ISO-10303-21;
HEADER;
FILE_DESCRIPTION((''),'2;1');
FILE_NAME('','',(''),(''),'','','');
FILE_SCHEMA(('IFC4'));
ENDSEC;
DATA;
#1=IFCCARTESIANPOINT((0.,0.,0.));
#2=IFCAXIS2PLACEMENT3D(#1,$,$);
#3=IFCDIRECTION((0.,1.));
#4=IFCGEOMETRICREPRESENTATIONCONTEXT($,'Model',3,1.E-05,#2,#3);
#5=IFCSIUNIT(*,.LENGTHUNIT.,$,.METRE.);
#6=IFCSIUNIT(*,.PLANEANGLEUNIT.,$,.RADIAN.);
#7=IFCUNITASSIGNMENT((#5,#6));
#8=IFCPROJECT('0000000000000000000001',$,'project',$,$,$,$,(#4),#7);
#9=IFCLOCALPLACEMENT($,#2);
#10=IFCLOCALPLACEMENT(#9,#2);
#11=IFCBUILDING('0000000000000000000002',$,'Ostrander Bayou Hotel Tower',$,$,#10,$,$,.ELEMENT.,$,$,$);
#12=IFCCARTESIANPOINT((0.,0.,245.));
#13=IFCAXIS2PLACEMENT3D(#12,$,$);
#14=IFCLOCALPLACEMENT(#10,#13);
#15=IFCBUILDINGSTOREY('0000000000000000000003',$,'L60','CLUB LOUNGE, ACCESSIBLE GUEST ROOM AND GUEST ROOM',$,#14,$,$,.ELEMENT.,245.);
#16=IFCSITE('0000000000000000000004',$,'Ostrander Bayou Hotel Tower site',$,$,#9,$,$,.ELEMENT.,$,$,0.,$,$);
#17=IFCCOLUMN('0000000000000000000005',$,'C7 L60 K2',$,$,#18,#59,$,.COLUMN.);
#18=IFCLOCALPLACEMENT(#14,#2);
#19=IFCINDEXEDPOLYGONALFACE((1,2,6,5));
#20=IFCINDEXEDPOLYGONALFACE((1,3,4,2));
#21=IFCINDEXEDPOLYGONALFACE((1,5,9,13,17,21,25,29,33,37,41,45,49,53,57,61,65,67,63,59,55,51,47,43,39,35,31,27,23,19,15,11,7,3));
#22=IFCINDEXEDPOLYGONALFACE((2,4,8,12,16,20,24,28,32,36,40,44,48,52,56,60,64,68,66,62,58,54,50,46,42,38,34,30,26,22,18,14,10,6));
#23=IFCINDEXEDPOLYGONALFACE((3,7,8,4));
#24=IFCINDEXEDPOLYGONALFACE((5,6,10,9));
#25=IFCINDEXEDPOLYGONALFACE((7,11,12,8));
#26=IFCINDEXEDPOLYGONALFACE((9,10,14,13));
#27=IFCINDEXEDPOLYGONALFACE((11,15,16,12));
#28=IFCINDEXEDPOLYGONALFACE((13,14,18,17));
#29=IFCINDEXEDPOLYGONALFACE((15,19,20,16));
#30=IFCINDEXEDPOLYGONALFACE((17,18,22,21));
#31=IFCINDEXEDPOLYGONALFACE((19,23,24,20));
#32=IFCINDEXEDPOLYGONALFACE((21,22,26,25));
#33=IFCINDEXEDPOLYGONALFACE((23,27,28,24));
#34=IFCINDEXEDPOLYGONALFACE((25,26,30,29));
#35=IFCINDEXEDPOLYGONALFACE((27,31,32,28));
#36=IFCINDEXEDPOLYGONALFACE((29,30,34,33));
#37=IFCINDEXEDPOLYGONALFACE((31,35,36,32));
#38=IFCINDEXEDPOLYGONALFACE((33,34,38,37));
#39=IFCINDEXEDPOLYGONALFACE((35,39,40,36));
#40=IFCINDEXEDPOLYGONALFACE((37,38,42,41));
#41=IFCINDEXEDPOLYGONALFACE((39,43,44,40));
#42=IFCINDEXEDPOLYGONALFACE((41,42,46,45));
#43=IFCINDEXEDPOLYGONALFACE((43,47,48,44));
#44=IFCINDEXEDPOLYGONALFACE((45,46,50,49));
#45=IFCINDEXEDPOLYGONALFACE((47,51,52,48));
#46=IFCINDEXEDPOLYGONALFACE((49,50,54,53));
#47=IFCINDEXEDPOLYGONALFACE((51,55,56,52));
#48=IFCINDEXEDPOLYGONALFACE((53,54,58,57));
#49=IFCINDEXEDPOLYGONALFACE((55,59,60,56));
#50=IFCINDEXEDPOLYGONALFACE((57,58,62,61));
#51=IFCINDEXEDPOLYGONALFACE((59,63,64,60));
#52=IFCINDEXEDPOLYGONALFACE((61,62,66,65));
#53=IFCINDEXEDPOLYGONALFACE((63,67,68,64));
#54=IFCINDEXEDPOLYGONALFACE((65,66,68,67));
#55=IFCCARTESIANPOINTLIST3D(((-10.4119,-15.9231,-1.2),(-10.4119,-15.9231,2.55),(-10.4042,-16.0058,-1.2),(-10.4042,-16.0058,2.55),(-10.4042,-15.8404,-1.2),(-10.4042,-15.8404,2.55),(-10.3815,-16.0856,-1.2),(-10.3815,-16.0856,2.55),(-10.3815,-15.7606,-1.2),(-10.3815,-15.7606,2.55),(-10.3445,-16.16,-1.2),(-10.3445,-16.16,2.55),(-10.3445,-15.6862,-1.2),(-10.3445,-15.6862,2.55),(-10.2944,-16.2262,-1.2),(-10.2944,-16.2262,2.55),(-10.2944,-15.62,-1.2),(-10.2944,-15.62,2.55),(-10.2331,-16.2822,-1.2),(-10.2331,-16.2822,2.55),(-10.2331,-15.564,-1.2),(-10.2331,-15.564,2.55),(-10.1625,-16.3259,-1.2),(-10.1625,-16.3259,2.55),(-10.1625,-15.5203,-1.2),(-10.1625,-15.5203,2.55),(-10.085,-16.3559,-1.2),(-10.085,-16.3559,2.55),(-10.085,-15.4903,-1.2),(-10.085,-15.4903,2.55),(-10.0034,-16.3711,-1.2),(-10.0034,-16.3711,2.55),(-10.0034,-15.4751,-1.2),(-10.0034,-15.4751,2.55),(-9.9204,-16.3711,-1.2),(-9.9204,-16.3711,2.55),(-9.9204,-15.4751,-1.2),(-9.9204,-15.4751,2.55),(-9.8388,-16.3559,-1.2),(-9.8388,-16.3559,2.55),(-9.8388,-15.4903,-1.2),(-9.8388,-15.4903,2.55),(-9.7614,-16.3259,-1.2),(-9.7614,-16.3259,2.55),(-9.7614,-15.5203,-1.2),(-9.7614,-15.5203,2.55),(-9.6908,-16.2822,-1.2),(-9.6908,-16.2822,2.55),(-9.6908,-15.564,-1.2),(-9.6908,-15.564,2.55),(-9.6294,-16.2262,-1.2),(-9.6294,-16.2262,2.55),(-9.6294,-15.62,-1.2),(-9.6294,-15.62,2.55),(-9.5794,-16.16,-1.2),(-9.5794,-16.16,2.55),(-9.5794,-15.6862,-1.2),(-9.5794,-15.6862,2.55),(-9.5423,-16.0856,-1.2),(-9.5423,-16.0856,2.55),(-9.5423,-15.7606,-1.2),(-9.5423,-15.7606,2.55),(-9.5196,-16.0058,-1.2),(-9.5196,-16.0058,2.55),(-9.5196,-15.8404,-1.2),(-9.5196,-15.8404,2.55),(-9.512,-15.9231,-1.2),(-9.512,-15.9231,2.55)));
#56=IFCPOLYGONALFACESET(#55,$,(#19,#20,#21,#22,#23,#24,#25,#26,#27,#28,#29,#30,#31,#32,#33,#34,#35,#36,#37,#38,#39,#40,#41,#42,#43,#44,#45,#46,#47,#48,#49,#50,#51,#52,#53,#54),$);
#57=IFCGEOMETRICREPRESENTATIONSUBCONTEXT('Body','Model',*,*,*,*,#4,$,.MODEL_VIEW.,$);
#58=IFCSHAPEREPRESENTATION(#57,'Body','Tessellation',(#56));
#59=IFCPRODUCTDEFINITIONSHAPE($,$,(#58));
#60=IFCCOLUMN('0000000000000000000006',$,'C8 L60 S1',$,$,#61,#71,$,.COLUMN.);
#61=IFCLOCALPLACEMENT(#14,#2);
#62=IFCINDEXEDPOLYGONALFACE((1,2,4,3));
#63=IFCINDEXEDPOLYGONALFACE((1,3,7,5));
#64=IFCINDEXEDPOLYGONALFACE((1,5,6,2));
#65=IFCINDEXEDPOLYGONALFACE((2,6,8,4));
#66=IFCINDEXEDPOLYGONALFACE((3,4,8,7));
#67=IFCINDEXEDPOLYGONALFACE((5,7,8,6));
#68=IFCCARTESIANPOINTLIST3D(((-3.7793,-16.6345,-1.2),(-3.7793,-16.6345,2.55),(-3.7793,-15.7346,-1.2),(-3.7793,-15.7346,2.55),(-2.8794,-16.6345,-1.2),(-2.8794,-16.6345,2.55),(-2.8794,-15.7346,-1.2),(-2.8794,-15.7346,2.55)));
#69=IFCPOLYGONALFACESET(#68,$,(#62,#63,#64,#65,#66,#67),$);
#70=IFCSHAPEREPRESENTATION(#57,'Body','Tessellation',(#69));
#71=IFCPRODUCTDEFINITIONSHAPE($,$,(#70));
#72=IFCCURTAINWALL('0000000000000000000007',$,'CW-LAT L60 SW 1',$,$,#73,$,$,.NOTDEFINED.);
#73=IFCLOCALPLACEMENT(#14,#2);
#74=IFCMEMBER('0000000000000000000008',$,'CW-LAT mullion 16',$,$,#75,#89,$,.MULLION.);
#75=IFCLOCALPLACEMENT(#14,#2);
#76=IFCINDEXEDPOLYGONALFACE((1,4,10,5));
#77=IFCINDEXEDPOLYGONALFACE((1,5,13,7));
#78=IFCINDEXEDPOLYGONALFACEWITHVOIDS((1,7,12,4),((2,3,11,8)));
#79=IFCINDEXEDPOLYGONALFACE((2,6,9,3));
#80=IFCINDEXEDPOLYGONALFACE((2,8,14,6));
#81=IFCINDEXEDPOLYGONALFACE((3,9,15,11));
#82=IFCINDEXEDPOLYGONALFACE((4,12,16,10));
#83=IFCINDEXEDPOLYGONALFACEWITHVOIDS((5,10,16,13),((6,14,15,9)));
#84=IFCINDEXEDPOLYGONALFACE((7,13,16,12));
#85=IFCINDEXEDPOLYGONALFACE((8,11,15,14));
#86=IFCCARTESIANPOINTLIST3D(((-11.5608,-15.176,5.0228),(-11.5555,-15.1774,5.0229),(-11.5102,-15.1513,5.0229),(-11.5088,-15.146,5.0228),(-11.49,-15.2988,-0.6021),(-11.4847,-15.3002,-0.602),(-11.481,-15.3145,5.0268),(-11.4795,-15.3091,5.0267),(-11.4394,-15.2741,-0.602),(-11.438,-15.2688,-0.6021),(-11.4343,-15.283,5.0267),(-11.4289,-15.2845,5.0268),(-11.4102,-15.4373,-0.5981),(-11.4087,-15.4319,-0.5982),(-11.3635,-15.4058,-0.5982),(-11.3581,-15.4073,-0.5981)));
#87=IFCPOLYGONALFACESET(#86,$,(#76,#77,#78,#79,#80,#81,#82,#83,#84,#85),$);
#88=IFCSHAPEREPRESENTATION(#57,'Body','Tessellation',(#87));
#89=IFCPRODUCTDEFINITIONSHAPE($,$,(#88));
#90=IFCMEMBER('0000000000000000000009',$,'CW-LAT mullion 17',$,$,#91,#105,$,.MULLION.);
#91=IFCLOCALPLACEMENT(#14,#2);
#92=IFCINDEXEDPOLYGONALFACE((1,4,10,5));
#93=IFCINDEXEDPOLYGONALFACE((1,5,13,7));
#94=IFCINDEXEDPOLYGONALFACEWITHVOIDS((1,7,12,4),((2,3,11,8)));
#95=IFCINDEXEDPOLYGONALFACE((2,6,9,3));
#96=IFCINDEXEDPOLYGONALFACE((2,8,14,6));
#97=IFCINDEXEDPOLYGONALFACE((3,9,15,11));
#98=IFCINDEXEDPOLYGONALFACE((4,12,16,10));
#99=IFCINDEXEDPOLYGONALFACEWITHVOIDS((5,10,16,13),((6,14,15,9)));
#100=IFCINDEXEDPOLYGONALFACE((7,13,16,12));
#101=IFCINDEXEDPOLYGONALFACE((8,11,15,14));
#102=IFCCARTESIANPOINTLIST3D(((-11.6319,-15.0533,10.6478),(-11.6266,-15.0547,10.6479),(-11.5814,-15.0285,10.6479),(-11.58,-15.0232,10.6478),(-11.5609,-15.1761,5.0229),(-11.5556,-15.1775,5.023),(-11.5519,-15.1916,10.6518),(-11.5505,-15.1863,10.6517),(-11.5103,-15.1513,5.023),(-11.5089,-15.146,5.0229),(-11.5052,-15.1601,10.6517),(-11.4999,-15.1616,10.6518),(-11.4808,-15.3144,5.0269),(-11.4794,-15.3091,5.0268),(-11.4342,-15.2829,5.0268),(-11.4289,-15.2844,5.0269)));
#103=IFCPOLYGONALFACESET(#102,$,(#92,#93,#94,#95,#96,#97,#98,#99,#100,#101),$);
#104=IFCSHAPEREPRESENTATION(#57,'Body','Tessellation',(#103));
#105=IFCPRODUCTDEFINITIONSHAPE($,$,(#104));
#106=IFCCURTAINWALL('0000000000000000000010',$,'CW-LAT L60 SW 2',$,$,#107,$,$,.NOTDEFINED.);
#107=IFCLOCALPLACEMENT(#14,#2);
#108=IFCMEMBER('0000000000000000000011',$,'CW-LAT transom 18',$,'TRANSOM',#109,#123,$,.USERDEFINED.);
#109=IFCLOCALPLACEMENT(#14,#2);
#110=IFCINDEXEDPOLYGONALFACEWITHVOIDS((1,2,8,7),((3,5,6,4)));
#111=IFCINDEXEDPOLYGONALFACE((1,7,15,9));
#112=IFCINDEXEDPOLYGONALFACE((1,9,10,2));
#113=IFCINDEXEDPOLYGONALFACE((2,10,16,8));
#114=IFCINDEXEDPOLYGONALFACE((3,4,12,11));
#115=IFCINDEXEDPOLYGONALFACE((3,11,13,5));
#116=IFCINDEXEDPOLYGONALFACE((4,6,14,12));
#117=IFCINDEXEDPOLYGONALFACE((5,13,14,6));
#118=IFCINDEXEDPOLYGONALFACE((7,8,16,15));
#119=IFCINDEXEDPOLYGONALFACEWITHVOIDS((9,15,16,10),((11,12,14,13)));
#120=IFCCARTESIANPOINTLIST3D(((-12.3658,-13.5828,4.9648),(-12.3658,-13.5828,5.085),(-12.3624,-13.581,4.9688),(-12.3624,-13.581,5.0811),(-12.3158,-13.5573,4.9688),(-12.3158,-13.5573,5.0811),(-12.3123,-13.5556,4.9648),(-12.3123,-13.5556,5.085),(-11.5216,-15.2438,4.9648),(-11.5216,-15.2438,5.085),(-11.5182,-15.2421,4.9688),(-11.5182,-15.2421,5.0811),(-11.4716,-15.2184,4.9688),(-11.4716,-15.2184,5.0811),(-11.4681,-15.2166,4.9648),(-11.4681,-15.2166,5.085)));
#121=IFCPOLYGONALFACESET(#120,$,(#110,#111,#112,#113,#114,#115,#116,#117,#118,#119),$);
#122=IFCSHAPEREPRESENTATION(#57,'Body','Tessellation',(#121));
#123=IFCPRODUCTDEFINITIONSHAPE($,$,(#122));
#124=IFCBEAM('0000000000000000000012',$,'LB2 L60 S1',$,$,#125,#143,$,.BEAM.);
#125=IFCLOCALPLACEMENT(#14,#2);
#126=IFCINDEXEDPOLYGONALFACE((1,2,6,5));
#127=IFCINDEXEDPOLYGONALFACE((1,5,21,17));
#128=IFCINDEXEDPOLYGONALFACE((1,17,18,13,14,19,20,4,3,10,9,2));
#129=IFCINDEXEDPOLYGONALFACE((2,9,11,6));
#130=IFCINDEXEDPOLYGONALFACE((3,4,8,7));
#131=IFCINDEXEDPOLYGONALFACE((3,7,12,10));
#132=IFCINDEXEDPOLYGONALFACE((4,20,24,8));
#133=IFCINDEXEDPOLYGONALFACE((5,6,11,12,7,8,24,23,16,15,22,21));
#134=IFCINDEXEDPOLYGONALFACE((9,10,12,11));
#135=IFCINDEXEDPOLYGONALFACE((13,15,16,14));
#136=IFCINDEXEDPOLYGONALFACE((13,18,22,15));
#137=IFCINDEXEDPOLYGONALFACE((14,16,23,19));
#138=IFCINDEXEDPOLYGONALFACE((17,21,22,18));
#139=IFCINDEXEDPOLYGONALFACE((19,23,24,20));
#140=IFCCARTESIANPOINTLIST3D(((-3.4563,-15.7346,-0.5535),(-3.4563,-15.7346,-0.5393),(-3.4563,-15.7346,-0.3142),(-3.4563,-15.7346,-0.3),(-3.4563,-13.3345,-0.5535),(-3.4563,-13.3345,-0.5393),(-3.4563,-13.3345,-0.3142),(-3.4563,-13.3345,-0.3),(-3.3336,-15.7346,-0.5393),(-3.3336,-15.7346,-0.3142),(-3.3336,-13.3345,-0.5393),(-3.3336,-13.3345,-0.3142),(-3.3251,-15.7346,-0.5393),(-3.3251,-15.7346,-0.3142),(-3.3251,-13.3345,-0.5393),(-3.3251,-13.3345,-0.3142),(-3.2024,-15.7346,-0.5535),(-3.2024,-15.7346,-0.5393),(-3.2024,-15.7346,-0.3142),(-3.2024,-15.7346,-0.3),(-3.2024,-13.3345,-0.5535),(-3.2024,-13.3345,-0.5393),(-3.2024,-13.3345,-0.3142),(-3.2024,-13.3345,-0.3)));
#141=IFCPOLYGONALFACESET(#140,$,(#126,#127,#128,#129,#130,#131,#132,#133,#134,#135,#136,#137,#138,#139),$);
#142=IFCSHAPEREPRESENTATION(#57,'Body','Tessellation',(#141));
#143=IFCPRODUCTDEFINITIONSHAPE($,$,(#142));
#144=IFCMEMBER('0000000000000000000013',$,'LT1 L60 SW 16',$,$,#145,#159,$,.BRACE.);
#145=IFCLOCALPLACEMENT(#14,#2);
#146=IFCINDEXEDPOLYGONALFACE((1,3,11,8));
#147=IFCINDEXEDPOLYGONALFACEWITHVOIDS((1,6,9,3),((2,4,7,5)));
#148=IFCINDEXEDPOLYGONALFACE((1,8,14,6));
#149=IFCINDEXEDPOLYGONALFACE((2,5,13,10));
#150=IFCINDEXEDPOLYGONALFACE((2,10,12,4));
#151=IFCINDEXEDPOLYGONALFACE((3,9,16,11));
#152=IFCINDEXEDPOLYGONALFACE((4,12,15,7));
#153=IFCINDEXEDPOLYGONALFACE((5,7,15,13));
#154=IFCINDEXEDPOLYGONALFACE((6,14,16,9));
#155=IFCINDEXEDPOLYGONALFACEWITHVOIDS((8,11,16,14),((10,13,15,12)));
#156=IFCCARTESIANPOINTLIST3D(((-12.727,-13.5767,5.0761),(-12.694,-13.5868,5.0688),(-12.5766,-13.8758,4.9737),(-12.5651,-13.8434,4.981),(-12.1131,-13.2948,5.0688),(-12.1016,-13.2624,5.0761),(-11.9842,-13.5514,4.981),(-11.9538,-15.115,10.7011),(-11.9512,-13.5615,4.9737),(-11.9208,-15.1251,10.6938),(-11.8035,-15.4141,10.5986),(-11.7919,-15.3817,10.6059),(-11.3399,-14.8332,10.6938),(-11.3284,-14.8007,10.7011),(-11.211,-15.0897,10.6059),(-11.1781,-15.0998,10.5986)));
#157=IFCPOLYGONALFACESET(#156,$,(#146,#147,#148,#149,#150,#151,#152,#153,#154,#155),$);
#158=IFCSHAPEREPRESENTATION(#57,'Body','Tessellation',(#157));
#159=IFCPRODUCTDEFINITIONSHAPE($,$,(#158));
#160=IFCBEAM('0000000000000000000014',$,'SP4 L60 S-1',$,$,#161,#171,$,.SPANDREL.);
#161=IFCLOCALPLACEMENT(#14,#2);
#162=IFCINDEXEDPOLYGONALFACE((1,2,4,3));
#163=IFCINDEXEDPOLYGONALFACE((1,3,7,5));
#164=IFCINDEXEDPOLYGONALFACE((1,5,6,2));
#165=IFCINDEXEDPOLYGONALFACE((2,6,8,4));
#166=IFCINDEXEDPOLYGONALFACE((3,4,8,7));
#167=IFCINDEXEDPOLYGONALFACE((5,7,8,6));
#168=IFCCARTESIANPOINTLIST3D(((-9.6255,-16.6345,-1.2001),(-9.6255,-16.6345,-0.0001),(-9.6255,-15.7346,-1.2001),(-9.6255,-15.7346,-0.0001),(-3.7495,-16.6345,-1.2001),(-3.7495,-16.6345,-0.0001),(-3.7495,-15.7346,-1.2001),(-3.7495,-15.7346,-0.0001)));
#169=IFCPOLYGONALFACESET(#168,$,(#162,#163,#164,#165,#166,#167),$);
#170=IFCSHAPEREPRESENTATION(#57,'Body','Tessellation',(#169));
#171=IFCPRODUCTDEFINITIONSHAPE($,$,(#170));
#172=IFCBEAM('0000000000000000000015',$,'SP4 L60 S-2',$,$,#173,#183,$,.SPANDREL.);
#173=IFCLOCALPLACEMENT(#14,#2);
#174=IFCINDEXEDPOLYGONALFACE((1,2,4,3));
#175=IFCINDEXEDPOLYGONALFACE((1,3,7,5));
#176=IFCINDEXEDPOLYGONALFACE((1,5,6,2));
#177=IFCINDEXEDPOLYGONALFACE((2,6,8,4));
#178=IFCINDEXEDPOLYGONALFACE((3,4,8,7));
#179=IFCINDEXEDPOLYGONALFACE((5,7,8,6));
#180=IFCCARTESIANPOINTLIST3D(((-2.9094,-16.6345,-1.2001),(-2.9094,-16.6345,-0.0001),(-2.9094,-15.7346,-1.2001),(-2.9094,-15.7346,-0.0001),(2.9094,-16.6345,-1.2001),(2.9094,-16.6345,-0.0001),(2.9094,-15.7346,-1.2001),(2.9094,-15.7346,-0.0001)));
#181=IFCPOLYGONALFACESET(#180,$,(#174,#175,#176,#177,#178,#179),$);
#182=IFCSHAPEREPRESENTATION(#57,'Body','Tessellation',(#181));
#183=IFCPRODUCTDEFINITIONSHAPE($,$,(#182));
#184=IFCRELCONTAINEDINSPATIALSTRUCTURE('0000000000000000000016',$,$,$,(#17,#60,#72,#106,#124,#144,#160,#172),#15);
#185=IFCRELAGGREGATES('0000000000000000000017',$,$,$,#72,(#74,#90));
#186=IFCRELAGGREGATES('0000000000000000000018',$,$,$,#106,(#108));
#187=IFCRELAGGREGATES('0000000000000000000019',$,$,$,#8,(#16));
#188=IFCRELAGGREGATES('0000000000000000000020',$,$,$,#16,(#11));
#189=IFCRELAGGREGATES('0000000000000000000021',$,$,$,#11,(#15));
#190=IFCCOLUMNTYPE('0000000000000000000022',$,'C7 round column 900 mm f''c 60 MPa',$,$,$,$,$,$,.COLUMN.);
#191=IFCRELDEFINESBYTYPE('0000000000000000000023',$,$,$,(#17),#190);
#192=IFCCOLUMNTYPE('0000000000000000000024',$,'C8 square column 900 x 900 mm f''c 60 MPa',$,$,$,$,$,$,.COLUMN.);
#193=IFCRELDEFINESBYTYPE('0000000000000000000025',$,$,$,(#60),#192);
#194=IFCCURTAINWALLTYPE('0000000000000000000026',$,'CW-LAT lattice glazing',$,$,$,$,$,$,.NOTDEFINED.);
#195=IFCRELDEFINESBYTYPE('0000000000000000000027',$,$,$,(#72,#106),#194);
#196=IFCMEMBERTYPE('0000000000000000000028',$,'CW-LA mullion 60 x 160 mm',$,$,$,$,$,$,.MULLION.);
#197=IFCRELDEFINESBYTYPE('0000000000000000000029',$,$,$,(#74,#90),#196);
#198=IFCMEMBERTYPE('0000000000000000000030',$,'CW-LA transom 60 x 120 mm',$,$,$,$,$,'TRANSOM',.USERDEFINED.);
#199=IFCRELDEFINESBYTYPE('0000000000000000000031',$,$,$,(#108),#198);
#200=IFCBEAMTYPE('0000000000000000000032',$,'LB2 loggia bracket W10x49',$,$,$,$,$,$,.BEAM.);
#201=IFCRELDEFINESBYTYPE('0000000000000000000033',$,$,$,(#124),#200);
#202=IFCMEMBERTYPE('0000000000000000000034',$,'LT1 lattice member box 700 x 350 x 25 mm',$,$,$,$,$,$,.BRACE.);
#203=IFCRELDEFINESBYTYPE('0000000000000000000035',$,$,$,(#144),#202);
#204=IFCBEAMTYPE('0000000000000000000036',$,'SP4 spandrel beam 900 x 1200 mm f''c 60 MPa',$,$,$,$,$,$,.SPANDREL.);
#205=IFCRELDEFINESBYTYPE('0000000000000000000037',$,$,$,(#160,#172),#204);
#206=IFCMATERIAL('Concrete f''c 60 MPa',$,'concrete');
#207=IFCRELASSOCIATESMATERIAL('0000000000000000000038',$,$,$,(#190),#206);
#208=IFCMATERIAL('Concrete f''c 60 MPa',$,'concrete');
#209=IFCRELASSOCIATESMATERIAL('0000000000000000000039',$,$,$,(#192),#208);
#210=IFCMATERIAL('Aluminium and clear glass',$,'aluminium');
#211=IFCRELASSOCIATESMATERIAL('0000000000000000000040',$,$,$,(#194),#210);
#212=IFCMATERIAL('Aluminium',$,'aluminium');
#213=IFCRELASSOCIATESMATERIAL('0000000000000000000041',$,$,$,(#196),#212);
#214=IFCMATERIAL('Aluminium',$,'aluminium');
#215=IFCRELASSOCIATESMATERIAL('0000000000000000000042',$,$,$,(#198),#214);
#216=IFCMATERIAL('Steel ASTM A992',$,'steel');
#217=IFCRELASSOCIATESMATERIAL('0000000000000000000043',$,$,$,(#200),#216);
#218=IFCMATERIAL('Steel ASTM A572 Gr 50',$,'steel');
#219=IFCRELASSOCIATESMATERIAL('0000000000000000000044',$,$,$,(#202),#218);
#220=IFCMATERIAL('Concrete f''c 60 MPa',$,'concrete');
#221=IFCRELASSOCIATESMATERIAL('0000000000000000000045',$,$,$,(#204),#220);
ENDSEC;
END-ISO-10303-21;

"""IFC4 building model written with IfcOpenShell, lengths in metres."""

from ifc_helpers import new_model, si_unit, direction, frame, origin, origin_2d, place, context, subcontext, project, spatial, rectangle, hollow_rectangle, circle, i_section, extrude, material, material_profile, profile_set, type_object, element, aggregate, save


model = new_model("IFC4")

# Units and contexts
model_context = context("Model", 3, precision=1e-05, world=origin(), true_north=direction((0.0, 1.0)))
body_context = subcontext(model_context, "Body", "Model", "MODEL_VIEW")
ifc_project = project(units=[si_unit("LENGTHUNIT", "METRE"), si_unit("PLANEANGLEUNIT", "RADIAN")], contexts=[model_context])

# Site, building, storey
site_placement = place(None, origin())
site = spatial("IfcSite", under=ifc_project, at=site_placement, Name="Ostrander Bayou Hotel Tower site", CompositionType="ELEMENT", RefElevation=0.0)
building_placement = place(site_placement, origin())
building = spatial("IfcBuilding", under=site, at=building_placement, Name="Ostrander Bayou Hotel Tower", CompositionType="ELEMENT")
storey_placement = place(building_placement, frame((0.0, 0.0, 245.0)))
storey = spatial("IfcBuildingStorey", under=building, at=storey_placement, Name="L60", Description="CLUB LOUNGE, ACCESSIBLE GUEST ROOM AND GUEST ROOM", CompositionType="ELEMENT", Elevation=245.0)

# Columns
ifc_material_1 = material(Name="Concrete f'c 60 MPa", Category="concrete")
ifc_material_profile_1 = material_profile(ifc_material_1, circle(Radius=0.45, at=origin_2d()))
ifc_profile_set_1 = profile_set([ifc_material_profile_1], Name="Concrete f'c 60 MPa")
column_type_1 = type_object("IfcColumnType", Name="C7 round column 900 mm f'c 60 MPa", PredefinedType="COLUMN", material=ifc_profile_set_1)
column_1_placement = place(storey_placement, frame((-9.9619, -15.9231, -1.2), z_axis=(0.0, 0.0, 1.0), x_axis=(1.0, 0.0, 0.0)))
element("IfcColumn", 1, at=column_1_placement, inside=storey, type_object=column_type_1, Name="C7 L60 K2", PredefinedType="COLUMN", context=body_context, shape_type="SweptSolid", body=[
    extrude(circle(Radius=0.45, at=origin_2d()), origin(), (0.0, 0.0, 1.0), 3.75),
])
ifc_material_2 = material(Name="Concrete f'c 60 MPa", Category="concrete")
ifc_material_profile_2 = material_profile(ifc_material_2, rectangle(XDim=0.8999, YDim=0.8999, at=origin_2d()))
ifc_profile_set_2 = profile_set([ifc_material_profile_2], Name="Concrete f'c 60 MPa")
column_type_2 = type_object("IfcColumnType", Name="C8 square column 900 x 900 mm f'c 60 MPa", PredefinedType="COLUMN", material=ifc_profile_set_2)
column_2_placement = place(storey_placement, frame((-3.3293, -16.1846, -1.2), z_axis=(0.0, 0.0, 1.0), x_axis=(-1.0, 0.0, 0.0)))
element("IfcColumn", 2, at=column_2_placement, inside=storey, type_object=column_type_2, Name="C8 L60 S1", PredefinedType="COLUMN", context=body_context, shape_type="SweptSolid", body=[
    extrude(rectangle(XDim=0.8999, YDim=0.8999, at=origin_2d()), origin(), (0.0, 0.0, 1.0), 3.75),
])

# Curtain wall, members
ifc_material_3 = material(Name="Aluminium and clear glass", Category="aluminium")
curtain_wall_type = type_object("IfcCurtainWallType", Name="CW-LAT lattice glazing", PredefinedType="NOTDEFINED", material=ifc_material_3)
curtain_wall_1_placement = place(storey_placement, origin())
curtain_wall_1 = element("IfcCurtainWall", 3, at=curtain_wall_1_placement, inside=storey, type_object=curtain_wall_type, Name="CW-LAT L60 SW 1", PredefinedType="NOTDEFINED")
ifc_material_4 = material(Name="Aluminium", Category="aluminium")
ifc_material_profile_3 = material_profile(ifc_material_4, hollow_rectangle(XDim=0.0601, YDim=0.1599, WallThickness=0.0039, at=origin_2d()))
ifc_profile_set_3 = profile_set([ifc_material_profile_3], Name="Aluminium")
member_type_1 = type_object("IfcMemberType", Name="CW-LA mullion 60 x 160 mm", PredefinedType="MULLION", material=ifc_profile_set_3)
member_1_placement = place(storey_placement, frame((-11.4241, -15.353, -0.6001), z_axis=(-0.012583, 0.021825, 0.999683), x_axis=(-0.866329, -0.499474, 0.0)))
member_1 = element("IfcMember", 4, at=member_1_placement, type_object=member_type_1, Name="CW-LAT mullion 16", PredefinedType="MULLION", context=body_context, shape_type="SweptSolid", body=[
    extrude(hollow_rectangle(XDim=0.0601, YDim=0.1599, WallThickness=0.0039, at=origin_2d()), origin(), (0.0, 0.0, 1.0), 5.6267),
])
member_2_placement = place(storey_placement, frame((-11.4949, -15.2302, 5.0249), z_axis=(-0.012626, 0.021825, 0.999682), x_axis=(-0.865583, -0.500765, 0.0)))
member_2 = element("IfcMember", 5, at=member_2_placement, type_object=member_type_1, Name="CW-LAT mullion 17", PredefinedType="MULLION", context=body_context, shape_type="SweptSolid", body=[
    extrude(hollow_rectangle(XDim=0.0601, YDim=0.1599, WallThickness=0.0039, at=origin_2d()), origin(), (0.0, 0.0, 1.0), 5.6267),
])
aggregate(curtain_wall_1, [member_1, member_2])

# Curtain wall, member
curtain_wall_2_placement = place(storey_placement, origin())
curtain_wall_2 = element("IfcCurtainWall", 6, at=curtain_wall_2_placement, inside=storey, type_object=curtain_wall_type, Name="CW-LAT L60 SW 2", PredefinedType="NOTDEFINED")
ifc_material_5 = material(Name="Aluminium", Category="aluminium")
ifc_material_profile_4 = material_profile(ifc_material_5, hollow_rectangle(XDim=0.0601, YDim=0.1201, WallThickness=0.0039, at=origin_2d()))
ifc_profile_set_4 = profile_set([ifc_material_profile_4], Name="Aluminium")
member_type_2 = type_object("IfcMemberType", Name="CW-LA transom 60 x 120 mm", ElementType="TRANSOM", PredefinedType="USERDEFINED", material=ifc_profile_set_4)
member_3_placement = place(storey_placement, frame((-11.4949, -15.2302, 5.0249), z_axis=(-0.453074, 0.891473, 0.0), x_axis=(-0.891473, -0.453074, 0.0)))
member_3 = element("IfcMember", 7, at=member_3_placement, type_object=member_type_2, Name="CW-LAT transom 18", ObjectType="TRANSOM", PredefinedType="USERDEFINED", context=body_context, shape_type="SweptSolid", body=[
    extrude(hollow_rectangle(XDim=0.0601, YDim=0.1201, WallThickness=0.0039, at=origin_2d()), origin(), (0.0, 0.0, 1.0), 1.8633),
])
aggregate(curtain_wall_2, [member_3])

# Beam
ifc_material_6 = material(Name="Steel ASTM A992", Category="steel")
ifc_material_profile_5 = material_profile(ifc_material_6, i_section(OverallWidth=0.2539, OverallDepth=0.2534, WebThickness=0.0085, FlangeThickness=0.0142, at=origin_2d()))
ifc_profile_set_5 = profile_set([ifc_material_profile_5], Name="Steel ASTM A992")
beam_type_1 = type_object("IfcBeamType", Name="LB2 loggia bracket W10x49", PredefinedType="BEAM", material=ifc_profile_set_5)
beam_1_placement = place(storey_placement, frame((-3.3293, -15.7346, -0.4268), z_axis=(0.0, 1.0, 0.0), x_axis=(-1.0, 0.0, 0.0)))
element("IfcBeam", 8, at=beam_1_placement, inside=storey, type_object=beam_type_1, Name="LB2 L60 S1", PredefinedType="BEAM", context=body_context, shape_type="SweptSolid", body=[
    extrude(i_section(OverallWidth=0.2539, OverallDepth=0.2534, WebThickness=0.0085, FlangeThickness=0.0142, at=origin_2d()), origin(), (0.0, 0.0, 1.0), 2.4001),
])

# Member
ifc_material_7 = material(Name="Steel ASTM A572 Gr 50", Category="steel")
ifc_material_profile_6 = material_profile(ifc_material_7, hollow_rectangle(XDim=0.7, YDim=0.3501, WallThickness=0.0249, at=origin_2d()))
ifc_profile_set_6 = profile_set([ifc_material_profile_6], Name="Steel ASTM A572 Gr 50")
member_type_3 = type_object("IfcMemberType", Name="LT1 lattice member box 700 x 350 x 25 mm", PredefinedType="BRACE", material=ifc_profile_set_6)
member_4_placement = place(storey_placement, frame((-12.3391, -13.5691, 5.0249), z_axis=(0.131437, -0.261505, 0.956211), x_axis=(0.893489, 0.449084, 0.0)))
element("IfcMember", 9, at=member_4_placement, inside=storey, type_object=member_type_3, Name="LT1 L60 SW 16", PredefinedType="BRACE", context=body_context, shape_type="SweptSolid", body=[
    extrude(hollow_rectangle(XDim=0.7, YDim=0.3501, WallThickness=0.0249, at=origin_2d()), origin(), (0.0, 0.0, 1.0), 5.8826),
])

# Beams
ifc_material_8 = material(Name="Concrete f'c 60 MPa", Category="concrete")
ifc_material_profile_7 = material_profile(ifc_material_8, rectangle(XDim=0.8999, YDim=1.2, at=origin_2d()))
ifc_profile_set_7 = profile_set([ifc_material_profile_7], Name="Concrete f'c 60 MPa")
beam_type_2 = type_object("IfcBeamType", Name="SP4 spandrel beam 900 x 1200 mm f'c 60 MPa", PredefinedType="SPANDREL", material=ifc_profile_set_7)
beam_2_placement = place(storey_placement, frame((-9.6255, -16.1846, -0.6001), z_axis=(1.0, 0.0, 0.0), x_axis=(0.0, 1.0, 0.0)))
element("IfcBeam", 10, at=beam_2_placement, inside=storey, type_object=beam_type_2, Name="SP4 L60 S-1", PredefinedType="SPANDREL", context=body_context, shape_type="SweptSolid", body=[
    extrude(rectangle(XDim=0.8999, YDim=1.2, at=origin_2d()), origin(), (0.0, 0.0, 1.0), 5.876),
])
beam_3_placement = place(storey_placement, frame((-2.9094, -16.1846, -0.6001), z_axis=(1.0, 0.0, 0.0), x_axis=(0.0, 1.0, 0.0)))
element("IfcBeam", 11, at=beam_3_placement, inside=storey, type_object=beam_type_2, Name="SP4 L60 S-2", PredefinedType="SPANDREL", context=body_context, shape_type="SweptSolid", body=[
    extrude(rectangle(XDim=0.8999, YDim=1.2, at=origin_2d()), origin(), (0.0, 0.0, 1.0), 5.8188),
])

save(model, "model.ifc")
